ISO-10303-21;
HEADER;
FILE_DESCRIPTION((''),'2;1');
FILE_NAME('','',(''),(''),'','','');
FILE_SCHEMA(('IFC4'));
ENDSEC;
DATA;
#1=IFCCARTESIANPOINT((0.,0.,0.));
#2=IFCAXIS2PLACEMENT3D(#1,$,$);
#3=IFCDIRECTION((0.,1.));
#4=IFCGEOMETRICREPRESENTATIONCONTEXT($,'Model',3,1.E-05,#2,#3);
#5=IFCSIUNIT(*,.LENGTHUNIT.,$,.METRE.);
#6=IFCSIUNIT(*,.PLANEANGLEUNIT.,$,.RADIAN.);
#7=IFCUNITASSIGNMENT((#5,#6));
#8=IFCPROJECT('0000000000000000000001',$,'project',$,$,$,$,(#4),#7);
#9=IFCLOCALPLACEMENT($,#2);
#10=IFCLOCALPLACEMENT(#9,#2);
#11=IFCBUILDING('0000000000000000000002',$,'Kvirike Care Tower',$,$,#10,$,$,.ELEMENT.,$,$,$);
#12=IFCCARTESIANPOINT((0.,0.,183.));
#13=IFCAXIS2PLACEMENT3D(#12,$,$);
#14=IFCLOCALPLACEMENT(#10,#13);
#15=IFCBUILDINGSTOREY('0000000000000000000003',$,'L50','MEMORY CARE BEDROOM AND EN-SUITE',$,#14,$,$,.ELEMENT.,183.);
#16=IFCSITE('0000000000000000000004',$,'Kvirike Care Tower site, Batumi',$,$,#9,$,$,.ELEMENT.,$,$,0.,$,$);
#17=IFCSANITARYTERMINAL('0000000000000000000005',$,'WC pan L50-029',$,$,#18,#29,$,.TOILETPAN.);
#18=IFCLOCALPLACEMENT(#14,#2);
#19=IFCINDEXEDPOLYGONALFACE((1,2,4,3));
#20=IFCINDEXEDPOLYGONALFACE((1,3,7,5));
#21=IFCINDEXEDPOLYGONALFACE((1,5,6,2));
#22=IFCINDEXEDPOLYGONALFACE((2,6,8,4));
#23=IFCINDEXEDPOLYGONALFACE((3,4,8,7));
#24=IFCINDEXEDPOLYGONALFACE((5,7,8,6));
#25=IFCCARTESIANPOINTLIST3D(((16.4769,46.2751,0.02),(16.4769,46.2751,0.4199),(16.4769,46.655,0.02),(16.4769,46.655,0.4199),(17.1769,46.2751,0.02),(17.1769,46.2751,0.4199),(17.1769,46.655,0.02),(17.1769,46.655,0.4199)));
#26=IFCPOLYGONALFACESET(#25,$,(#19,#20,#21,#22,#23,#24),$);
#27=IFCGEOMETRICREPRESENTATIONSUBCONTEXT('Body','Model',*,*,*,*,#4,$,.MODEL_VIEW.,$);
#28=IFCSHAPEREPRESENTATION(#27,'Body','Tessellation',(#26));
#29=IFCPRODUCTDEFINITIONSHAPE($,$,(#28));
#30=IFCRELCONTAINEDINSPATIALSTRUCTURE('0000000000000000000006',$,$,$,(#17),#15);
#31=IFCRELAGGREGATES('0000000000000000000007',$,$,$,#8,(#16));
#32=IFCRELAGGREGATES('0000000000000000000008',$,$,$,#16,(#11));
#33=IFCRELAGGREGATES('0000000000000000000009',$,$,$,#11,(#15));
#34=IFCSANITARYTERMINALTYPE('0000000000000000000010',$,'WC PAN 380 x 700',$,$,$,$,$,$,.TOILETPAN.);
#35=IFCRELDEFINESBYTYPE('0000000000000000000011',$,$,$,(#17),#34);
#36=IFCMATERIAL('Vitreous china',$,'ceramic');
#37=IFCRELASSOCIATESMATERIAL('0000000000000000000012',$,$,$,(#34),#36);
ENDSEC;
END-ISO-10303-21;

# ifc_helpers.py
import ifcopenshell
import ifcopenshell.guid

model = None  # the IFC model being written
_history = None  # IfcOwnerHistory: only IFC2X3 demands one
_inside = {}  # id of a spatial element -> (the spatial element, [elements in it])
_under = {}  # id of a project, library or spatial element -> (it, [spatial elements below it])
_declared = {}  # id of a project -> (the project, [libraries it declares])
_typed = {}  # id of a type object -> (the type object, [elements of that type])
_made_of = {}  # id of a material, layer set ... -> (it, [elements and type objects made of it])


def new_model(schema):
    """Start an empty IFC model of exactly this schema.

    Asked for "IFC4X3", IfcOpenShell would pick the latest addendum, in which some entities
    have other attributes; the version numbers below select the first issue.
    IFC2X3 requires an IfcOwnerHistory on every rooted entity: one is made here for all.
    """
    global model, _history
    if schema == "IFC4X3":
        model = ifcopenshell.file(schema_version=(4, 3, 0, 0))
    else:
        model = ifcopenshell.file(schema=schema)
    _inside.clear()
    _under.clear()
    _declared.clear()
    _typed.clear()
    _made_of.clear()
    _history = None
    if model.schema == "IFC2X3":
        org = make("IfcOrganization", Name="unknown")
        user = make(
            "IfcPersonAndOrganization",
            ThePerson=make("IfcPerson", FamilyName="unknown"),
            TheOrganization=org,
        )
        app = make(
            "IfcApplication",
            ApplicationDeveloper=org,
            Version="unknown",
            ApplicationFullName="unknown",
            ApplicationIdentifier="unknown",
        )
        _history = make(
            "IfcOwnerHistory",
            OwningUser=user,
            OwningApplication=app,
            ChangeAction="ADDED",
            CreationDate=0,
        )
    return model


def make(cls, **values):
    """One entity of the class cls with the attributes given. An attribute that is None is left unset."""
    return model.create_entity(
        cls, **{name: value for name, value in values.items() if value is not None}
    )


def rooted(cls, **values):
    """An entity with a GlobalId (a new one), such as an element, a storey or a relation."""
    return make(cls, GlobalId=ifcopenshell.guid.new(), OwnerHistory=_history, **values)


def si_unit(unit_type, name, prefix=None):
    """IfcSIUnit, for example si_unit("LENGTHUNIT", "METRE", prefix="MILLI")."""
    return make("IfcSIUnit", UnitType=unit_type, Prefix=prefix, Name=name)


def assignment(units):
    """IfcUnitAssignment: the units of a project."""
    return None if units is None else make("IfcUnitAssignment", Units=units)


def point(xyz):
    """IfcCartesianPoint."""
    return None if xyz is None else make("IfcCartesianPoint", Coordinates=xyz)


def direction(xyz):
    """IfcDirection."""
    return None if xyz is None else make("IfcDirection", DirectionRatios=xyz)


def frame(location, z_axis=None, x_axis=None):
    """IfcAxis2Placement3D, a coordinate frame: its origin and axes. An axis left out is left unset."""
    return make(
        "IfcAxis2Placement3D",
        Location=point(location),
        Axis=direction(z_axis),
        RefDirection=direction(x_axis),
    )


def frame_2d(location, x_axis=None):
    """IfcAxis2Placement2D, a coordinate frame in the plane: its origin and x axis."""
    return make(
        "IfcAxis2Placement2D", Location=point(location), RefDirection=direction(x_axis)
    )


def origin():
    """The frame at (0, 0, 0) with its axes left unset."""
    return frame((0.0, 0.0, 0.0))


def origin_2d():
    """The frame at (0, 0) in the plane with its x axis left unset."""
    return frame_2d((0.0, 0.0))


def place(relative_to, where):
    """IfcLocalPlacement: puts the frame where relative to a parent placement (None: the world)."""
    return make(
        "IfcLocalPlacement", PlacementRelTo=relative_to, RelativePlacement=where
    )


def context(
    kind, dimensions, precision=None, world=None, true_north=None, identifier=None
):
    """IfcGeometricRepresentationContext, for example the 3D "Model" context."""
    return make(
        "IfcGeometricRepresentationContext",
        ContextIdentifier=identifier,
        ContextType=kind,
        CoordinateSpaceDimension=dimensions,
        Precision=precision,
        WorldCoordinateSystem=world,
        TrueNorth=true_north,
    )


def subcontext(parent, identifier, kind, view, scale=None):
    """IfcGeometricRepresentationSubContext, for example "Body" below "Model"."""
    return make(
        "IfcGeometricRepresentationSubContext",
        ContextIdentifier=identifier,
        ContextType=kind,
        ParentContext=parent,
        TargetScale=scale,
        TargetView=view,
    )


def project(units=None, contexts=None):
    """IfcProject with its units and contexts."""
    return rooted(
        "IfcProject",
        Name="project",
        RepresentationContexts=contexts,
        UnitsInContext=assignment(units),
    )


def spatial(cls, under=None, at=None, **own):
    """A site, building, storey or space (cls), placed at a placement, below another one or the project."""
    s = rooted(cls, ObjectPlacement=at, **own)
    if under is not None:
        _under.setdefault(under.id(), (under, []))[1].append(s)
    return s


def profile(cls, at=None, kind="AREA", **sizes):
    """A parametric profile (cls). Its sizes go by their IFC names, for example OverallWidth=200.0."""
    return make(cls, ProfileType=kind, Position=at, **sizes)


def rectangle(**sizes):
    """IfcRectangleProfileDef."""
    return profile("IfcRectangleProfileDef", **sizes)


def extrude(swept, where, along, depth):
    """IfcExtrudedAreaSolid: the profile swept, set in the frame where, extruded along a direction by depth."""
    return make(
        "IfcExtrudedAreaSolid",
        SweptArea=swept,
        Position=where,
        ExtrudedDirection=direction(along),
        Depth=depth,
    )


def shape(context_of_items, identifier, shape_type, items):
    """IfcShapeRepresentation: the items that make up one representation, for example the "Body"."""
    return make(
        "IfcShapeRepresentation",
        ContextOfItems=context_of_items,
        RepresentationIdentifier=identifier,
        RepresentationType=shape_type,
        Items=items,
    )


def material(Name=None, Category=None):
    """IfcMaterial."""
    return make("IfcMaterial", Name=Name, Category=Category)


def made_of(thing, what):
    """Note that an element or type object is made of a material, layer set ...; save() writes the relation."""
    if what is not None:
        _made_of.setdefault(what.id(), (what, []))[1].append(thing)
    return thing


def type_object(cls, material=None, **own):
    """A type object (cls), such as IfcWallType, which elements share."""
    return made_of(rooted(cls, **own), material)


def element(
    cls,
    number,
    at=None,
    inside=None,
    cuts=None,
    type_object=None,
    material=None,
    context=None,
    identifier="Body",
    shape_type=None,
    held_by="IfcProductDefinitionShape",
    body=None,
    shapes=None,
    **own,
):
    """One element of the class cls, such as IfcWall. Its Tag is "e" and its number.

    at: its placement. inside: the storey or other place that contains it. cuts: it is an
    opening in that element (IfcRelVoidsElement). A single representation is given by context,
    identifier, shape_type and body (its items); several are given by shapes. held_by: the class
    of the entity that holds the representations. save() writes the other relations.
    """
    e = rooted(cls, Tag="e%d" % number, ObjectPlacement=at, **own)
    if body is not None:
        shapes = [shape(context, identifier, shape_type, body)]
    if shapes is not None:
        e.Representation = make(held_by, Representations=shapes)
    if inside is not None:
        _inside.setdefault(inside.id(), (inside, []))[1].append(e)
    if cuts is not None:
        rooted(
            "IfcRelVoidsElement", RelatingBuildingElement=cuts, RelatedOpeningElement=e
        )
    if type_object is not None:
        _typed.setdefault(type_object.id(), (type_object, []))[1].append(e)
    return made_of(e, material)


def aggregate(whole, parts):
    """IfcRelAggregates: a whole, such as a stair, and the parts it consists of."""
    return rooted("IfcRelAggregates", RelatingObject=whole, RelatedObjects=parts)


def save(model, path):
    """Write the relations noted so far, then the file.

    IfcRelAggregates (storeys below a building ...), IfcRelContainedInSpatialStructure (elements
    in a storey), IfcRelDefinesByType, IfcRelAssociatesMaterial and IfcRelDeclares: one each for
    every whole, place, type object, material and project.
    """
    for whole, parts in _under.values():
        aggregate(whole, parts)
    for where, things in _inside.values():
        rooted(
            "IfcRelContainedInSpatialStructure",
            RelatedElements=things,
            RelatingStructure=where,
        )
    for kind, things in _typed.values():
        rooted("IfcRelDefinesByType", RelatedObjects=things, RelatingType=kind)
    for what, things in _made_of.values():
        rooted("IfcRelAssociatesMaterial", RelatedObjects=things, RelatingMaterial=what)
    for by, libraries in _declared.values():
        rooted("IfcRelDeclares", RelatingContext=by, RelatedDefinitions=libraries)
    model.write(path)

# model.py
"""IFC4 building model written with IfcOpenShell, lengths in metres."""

from ifc_helpers import new_model, si_unit, direction, frame, origin, origin_2d, place, context, subcontext, project, spatial, rectangle, extrude, material, type_object, element, save


model = new_model("IFC4")

# Units and contexts
model_context = context("Model", 3, precision=1e-05, world=origin(), true_north=direction((0.0, 1.0)))
body_context = subcontext(model_context, "Body", "Model", "MODEL_VIEW")
ifc_project = project(units=[si_unit("LENGTHUNIT", "METRE"), si_unit("PLANEANGLEUNIT", "RADIAN")], contexts=[model_context])

# Site, building, storey
site_placement = place(None, origin())
site = spatial("IfcSite", under=ifc_project, at=site_placement, Name="Kvirike Care Tower site, Batumi", CompositionType="ELEMENT", RefElevation=0.0)
building_placement = place(site_placement, origin())
building = spatial("IfcBuilding", under=site, at=building_placement, Name="Kvirike Care Tower", CompositionType="ELEMENT")
storey_placement = place(building_placement, frame((0.0, 0.0, 183.0)))
storey = spatial("IfcBuildingStorey", under=building, at=storey_placement, Name="L50", Description="MEMORY CARE BEDROOM AND EN-SUITE", CompositionType="ELEMENT", Elevation=183.0)

# Sanitary terminal
ifc_material_1 = material(Name="Vitreous china", Category="ceramic")
sanitary_terminal_type_1 = type_object("IfcSanitaryTerminalType", Name="WC PAN 380 x 700", PredefinedType="TOILETPAN", material=ifc_material_1)
sanitary_terminal_1_placement = place(storey_placement, frame((16.8269, 46.4651, 0.02), z_axis=(0.0, 0.0, 1.0), x_axis=(0.0, 1.0, 0.0)))
element("IfcSanitaryTerminal", 1, at=sanitary_terminal_1_placement, inside=storey, type_object=sanitary_terminal_type_1, Name="WC pan L50-029", PredefinedType="TOILETPAN", context=body_context, shape_type="SweptSolid", body=[
    extrude(rectangle(XDim=0.3799, YDim=0.7, at=origin_2d()), origin(), (0.0, 0.0, 1.0), 0.3999),
])

save(model, "model.ifc")
